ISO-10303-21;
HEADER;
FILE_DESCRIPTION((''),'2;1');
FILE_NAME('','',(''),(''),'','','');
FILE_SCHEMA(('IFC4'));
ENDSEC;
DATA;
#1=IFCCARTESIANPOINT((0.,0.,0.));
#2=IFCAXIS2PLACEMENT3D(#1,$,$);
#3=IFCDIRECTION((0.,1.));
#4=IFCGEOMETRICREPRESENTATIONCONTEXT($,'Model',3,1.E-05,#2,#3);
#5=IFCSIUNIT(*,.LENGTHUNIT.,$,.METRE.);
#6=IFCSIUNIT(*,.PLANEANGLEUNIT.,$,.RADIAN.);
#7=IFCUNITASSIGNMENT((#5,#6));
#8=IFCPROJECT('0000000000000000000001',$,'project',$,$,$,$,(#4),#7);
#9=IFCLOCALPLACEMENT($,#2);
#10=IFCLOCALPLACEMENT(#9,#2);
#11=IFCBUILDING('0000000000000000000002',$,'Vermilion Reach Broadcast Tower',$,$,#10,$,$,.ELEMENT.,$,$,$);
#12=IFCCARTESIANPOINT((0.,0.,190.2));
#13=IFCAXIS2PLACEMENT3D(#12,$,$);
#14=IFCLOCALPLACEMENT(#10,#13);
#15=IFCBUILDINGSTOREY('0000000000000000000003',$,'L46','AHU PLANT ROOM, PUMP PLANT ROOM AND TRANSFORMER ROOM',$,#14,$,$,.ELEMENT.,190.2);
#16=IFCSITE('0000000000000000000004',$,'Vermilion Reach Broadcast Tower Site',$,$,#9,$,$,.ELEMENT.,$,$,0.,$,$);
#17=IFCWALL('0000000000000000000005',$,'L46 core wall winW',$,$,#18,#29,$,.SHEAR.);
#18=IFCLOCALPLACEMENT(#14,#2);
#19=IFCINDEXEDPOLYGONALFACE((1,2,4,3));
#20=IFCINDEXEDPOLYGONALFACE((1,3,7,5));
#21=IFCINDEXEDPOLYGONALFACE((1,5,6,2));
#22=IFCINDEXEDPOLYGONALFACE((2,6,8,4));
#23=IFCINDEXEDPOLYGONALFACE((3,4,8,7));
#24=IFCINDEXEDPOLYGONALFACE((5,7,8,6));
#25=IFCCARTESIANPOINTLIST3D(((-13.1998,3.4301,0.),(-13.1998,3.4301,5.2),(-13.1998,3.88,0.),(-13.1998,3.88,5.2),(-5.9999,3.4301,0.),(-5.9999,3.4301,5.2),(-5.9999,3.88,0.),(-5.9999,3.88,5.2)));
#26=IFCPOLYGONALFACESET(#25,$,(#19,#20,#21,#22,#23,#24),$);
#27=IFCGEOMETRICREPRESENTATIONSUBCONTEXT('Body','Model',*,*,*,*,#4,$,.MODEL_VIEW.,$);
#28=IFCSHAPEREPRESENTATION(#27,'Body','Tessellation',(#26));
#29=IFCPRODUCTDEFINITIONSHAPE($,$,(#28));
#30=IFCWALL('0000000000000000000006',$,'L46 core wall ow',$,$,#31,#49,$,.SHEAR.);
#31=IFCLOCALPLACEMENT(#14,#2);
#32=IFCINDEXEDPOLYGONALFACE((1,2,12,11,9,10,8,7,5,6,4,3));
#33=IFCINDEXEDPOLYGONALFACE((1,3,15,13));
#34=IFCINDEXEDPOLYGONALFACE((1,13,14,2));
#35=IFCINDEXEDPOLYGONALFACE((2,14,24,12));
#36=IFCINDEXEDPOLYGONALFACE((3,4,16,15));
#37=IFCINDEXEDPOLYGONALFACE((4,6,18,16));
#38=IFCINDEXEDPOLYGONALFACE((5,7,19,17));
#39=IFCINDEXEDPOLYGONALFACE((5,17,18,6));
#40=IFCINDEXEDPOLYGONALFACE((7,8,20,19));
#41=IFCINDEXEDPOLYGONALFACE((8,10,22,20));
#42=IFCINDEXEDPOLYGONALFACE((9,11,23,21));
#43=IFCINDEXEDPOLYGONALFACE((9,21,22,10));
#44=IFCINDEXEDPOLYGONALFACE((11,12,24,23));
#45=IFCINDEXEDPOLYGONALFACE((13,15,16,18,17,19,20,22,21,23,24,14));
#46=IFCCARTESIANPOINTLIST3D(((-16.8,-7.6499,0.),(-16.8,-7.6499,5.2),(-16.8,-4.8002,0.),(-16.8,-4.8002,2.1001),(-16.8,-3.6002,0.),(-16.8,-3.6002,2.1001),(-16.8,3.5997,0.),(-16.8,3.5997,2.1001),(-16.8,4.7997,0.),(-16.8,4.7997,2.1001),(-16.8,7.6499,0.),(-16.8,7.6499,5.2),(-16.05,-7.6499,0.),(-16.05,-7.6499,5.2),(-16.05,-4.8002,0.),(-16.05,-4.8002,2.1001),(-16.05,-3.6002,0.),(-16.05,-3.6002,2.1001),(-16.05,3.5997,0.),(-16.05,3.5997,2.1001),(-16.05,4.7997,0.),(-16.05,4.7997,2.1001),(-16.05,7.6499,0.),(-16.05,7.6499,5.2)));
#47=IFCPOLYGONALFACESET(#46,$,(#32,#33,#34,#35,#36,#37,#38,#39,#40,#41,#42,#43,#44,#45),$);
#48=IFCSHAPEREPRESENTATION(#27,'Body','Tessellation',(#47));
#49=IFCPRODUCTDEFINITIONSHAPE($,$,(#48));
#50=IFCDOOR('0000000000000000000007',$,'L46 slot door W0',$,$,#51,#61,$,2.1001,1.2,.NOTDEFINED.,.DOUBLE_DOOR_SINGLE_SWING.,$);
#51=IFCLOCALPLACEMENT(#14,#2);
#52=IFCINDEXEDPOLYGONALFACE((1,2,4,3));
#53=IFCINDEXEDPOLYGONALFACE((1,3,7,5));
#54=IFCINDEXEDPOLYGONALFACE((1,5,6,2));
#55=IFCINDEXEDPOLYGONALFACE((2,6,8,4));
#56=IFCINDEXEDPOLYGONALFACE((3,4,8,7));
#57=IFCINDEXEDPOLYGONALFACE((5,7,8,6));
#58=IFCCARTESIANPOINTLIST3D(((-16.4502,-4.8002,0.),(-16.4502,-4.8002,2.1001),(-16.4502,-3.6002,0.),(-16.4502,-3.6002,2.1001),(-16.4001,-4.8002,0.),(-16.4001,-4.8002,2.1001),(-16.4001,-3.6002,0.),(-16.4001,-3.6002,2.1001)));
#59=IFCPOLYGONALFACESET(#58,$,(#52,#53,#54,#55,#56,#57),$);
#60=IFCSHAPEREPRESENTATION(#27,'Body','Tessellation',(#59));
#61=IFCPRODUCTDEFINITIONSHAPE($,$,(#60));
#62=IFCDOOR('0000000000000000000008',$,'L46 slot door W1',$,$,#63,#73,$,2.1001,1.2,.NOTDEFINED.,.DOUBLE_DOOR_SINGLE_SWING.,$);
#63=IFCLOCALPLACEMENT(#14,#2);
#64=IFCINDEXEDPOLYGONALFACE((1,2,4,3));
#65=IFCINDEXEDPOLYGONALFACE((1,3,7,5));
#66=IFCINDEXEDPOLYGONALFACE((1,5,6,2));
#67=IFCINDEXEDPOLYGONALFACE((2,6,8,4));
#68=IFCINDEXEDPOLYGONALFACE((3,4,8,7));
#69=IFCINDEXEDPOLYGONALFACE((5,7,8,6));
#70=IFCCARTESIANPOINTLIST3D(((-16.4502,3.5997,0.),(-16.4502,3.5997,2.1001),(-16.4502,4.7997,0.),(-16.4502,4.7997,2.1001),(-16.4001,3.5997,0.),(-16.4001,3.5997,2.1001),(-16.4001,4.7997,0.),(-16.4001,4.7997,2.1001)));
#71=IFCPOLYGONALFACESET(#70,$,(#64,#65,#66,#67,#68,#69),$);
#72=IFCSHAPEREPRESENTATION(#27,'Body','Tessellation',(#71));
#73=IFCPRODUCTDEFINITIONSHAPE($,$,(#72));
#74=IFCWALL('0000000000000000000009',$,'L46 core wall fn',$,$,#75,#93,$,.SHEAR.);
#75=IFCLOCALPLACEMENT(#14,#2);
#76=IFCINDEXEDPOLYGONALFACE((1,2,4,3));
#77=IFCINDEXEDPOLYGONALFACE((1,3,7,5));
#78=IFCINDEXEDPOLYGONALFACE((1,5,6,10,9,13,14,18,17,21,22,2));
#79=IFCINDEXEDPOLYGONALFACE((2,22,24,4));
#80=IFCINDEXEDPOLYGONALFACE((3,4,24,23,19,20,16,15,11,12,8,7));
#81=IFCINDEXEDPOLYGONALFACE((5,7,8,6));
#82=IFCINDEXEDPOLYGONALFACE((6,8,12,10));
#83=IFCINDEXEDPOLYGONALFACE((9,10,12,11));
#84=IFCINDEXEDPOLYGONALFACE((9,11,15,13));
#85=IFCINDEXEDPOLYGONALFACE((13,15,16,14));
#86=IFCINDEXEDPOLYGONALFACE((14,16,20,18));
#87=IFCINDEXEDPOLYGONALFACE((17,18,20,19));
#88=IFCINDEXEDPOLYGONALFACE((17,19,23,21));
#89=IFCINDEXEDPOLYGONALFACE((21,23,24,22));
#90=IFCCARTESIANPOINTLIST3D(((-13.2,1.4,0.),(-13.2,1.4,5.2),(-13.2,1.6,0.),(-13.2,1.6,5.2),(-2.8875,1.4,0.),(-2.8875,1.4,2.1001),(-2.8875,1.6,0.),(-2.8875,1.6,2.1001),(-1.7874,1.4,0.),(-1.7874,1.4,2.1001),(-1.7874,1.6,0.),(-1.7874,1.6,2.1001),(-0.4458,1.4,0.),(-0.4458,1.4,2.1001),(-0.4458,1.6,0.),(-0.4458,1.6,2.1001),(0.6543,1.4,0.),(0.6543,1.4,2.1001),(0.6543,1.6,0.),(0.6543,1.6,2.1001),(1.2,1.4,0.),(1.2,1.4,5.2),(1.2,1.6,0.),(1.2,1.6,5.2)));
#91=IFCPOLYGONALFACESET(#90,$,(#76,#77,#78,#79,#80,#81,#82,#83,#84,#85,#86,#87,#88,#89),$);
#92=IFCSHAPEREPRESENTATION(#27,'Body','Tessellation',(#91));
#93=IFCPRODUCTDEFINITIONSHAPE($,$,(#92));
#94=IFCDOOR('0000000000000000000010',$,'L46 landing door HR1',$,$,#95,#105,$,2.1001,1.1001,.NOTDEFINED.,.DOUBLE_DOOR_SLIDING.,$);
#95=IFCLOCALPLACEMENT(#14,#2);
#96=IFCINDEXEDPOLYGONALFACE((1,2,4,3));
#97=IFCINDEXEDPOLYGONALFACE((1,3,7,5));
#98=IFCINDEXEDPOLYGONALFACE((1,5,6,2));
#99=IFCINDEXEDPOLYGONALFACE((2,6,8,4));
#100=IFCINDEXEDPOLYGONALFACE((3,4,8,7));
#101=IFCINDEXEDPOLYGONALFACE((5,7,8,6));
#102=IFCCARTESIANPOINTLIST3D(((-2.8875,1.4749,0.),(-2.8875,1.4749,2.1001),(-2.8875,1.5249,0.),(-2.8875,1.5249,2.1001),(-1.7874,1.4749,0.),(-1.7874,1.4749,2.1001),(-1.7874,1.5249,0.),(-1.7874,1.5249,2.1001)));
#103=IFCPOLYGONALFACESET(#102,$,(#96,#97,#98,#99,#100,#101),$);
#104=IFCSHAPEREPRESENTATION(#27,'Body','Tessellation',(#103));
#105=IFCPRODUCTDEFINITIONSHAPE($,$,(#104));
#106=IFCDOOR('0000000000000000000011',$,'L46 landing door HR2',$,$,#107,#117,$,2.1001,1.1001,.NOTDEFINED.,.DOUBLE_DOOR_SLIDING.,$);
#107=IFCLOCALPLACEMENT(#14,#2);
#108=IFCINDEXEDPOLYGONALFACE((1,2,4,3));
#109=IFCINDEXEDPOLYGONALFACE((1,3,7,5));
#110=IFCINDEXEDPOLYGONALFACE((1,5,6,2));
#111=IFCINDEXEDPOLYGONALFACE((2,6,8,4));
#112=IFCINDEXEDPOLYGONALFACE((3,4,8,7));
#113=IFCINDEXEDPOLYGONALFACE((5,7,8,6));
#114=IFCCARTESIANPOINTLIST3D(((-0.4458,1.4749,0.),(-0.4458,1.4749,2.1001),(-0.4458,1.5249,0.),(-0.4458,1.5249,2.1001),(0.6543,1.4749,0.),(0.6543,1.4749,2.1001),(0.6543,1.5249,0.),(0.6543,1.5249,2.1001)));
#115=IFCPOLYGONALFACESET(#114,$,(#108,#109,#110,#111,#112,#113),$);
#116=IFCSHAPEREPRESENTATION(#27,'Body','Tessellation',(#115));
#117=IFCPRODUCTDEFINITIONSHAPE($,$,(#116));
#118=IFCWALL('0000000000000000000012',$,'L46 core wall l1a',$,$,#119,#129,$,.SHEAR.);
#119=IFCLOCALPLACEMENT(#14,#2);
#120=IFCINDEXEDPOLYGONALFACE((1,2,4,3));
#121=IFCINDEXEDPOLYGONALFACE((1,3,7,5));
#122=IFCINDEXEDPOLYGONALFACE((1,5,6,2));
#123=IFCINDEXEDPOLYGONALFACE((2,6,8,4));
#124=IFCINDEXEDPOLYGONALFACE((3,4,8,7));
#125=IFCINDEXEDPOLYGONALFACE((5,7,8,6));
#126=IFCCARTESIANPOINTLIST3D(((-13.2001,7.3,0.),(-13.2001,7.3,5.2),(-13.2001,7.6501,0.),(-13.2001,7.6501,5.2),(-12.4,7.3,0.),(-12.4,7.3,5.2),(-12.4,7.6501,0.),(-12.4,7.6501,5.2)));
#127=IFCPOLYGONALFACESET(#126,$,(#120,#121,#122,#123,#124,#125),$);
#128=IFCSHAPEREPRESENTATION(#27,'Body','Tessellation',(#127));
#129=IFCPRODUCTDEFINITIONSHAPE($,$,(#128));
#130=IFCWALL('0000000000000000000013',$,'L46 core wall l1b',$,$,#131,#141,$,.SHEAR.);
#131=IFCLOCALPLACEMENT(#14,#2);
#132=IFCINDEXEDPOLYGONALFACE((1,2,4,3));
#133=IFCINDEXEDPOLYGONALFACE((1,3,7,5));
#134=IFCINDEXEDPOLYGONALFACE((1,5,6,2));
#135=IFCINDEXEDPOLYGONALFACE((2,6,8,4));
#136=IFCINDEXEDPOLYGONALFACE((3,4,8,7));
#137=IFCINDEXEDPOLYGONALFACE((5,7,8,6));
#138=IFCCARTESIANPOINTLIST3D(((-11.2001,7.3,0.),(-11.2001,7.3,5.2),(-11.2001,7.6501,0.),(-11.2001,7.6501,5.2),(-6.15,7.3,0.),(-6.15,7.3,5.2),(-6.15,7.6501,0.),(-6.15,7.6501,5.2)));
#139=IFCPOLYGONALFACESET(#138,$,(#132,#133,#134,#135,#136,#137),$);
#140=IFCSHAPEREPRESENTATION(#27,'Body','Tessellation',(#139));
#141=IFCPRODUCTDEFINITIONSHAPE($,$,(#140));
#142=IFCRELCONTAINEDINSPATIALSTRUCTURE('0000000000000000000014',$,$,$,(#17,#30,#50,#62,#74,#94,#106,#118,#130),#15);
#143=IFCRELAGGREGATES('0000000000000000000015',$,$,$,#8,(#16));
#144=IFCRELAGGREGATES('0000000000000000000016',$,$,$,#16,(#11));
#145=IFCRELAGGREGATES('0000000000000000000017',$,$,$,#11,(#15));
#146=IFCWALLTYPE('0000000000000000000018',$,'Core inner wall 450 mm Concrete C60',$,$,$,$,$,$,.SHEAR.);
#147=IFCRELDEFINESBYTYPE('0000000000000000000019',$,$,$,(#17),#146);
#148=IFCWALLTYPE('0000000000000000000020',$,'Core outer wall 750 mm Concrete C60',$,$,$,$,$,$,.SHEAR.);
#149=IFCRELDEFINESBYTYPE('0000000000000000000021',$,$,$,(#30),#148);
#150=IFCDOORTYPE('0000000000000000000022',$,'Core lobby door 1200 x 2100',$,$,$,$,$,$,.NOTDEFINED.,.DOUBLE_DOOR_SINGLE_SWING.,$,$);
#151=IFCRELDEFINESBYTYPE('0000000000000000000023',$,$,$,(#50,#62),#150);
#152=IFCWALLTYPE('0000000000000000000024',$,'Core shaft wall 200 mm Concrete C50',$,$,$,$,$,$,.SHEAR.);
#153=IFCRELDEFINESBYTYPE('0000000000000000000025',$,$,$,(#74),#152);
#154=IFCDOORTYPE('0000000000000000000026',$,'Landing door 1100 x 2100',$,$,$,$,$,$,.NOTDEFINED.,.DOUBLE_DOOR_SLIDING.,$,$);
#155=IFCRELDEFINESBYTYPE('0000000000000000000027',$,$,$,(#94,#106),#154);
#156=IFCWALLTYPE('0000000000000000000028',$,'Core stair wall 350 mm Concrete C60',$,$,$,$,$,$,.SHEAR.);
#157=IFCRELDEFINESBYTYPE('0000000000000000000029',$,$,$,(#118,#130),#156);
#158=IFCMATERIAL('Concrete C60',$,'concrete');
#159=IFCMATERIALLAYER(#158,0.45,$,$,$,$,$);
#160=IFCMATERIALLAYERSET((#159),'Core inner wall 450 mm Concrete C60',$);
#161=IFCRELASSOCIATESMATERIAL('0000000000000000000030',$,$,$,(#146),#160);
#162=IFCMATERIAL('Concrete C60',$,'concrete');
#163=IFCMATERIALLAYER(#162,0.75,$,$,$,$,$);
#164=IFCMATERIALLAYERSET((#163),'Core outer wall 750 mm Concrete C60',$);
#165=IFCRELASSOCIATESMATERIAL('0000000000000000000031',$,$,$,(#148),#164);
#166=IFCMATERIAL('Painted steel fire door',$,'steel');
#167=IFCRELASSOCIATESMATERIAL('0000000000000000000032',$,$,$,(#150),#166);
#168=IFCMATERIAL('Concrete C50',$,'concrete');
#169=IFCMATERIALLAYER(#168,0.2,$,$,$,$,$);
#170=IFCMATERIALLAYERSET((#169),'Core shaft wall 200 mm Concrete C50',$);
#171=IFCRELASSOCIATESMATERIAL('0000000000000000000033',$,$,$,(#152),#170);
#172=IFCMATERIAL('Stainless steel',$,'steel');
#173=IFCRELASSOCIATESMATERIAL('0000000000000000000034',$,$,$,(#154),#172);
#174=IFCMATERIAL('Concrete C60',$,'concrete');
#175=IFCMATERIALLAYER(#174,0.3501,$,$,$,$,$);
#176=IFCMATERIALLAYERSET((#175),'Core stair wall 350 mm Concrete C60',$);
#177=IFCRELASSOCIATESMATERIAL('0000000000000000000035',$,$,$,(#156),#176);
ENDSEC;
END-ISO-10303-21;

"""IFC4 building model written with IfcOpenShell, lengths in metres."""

from ifc_helpers import new_model, si_unit, direction, frame, frame_2d, origin, place, context, subcontext, project, spatial, rectangle, extrude, material, layer, layer_set, type_object, element, fill, save


model = new_model("IFC4")

# Units and contexts
model_context = context("Model", 3, precision=1e-05, world=origin(), true_north=direction((0.0, 1.0)))
body_context = subcontext(model_context, "Body", "Model", "MODEL_VIEW")
ifc_project = project(units=[si_unit("LENGTHUNIT", "METRE"), si_unit("PLANEANGLEUNIT", "RADIAN")], contexts=[model_context])

# Site, building, storey
site_placement = place(None, origin())
site = spatial("IfcSite", under=ifc_project, at=site_placement, Name="Vermilion Reach Broadcast Tower Site", CompositionType="ELEMENT", RefElevation=0.0)
building_placement = place(site_placement, origin())
building = spatial("IfcBuilding", under=site, at=building_placement, Name="Vermilion Reach Broadcast Tower", CompositionType="ELEMENT")
storey_placement = place(building_placement, frame((0.0, 0.0, 190.2)))
storey = spatial("IfcBuildingStorey", under=building, at=storey_placement, Name="L46", Description="AHU PLANT ROOM, PUMP PLANT ROOM AND TRANSFORMER ROOM", CompositionType="ELEMENT", Elevation=190.2)

# Wall
ifc_material_1 = material(Name="Concrete C60", Category="concrete")
ifc_layer_1 = layer(ifc_material_1, 0.45)
ifc_layer_set_1 = layer_set([ifc_layer_1], Name="Core inner wall 450 mm Concrete C60")
wall_type_1 = type_object("IfcWallType", Name="Core inner wall 450 mm Concrete C60", PredefinedType="SHEAR", material=ifc_layer_set_1)
wall_1_placement = place(storey_placement, frame((-13.2, 3.655, 0.0), z_axis=(0.0, 0.0, 1.0), x_axis=(1.0, 0.0, 0.0)))
element("IfcWall", 1, at=wall_1_placement, inside=storey, type_object=wall_type_1, Name="L46 core wall winW", PredefinedType="SHEAR", context=body_context, shape_type="SweptSolid", body=[
    extrude(rectangle(XDim=7.2, YDim=0.45, at=frame_2d((3.6001, 0.0))), origin(), (0.0, 0.0, 1.0), 5.2),
])

# Walls, openings, doors
ifc_material_2 = material(Name="Concrete C60", Category="concrete")
ifc_layer_2 = layer(ifc_material_2, 0.75)
ifc_layer_set_2 = layer_set([ifc_layer_2], Name="Core outer wall 750 mm Concrete C60")
wall_type_2 = type_object("IfcWallType", Name="Core outer wall 750 mm Concrete C60", PredefinedType="SHEAR", material=ifc_layer_set_2)
wall_2_placement = place(storey_placement, frame((-16.425, 7.6499, 0.0), z_axis=(0.0, 0.0, 1.0), x_axis=(0.0, -1.0, 0.0)))
wall_2 = element("IfcWall", 2, at=wall_2_placement, inside=storey, type_object=wall_type_2, Name="L46 core wall ow", PredefinedType="SHEAR", context=body_context, shape_type="SweptSolid", body=[
    extrude(rectangle(XDim=15.2998, YDim=0.75, at=frame_2d((7.6499, 0.0))), origin(), (0.0, 0.0, 1.0), 5.2),
])
opening_1_placement = place(wall_2_placement, frame((11.25, 0.0, 0.0)))
opening_1 = element("IfcOpeningElement", 3, at=opening_1_placement, cuts=wall_2, PredefinedType="OPENING", context=body_context, shape_type="SweptSolid", body=[
    extrude(rectangle(XDim=1.2, YDim=2.1001, at=frame_2d((0.6001, 1.05))), frame((0.0, 0.385, 0.0), z_axis=(0.0, -1.0, 0.0), x_axis=(1.0, 0.0, 0.0)), (0.0, 0.0, 1.0), 0.77),
])
opening_2_placement = place(wall_2_placement, frame((2.8501, 0.0, 0.0)))
opening_2 = element("IfcOpeningElement", 4, at=opening_2_placement, cuts=wall_2, PredefinedType="OPENING", context=body_context, shape_type="SweptSolid", body=[
    extrude(rectangle(XDim=1.2, YDim=2.1001, at=frame_2d((0.6001, 1.05))), frame((0.0, 0.385, 0.0), z_axis=(0.0, -1.0, 0.0), x_axis=(1.0, 0.0, 0.0)), (0.0, 0.0, 1.0), 0.77),
])
ifc_material_3 = material(Name="Painted steel fire door", Category="steel")
door_type_1 = type_object("IfcDoorType", Name="Core lobby door 1200 x 2100", OperationType="DOUBLE_DOOR_SINGLE_SWING", PredefinedType="NOTDEFINED", material=ifc_material_3)
door_1_placement = place(opening_1_placement, origin())
door_1 = element("IfcDoor", 5, at=door_1_placement, inside=storey, type_object=door_type_1, Name="L46 slot door W0", OperationType="DOUBLE_DOOR_SINGLE_SWING", OverallHeight=2.1001, OverallWidth=1.2, PredefinedType="NOTDEFINED", context=body_context, shape_type="SweptSolid", body=[
    extrude(rectangle(XDim=1.2, YDim=2.1001, at=frame_2d((0.6001, 1.05))), frame((0.0, 0.0249, 0.0), z_axis=(0.0, -1.0, 0.0), x_axis=(1.0, 0.0, 0.0)), (0.0, 0.0, 1.0), 0.05),
])
fill(opening_1, door_1)
door_2_placement = place(opening_2_placement, origin())
door_2 = element("IfcDoor", 6, at=door_2_placement, inside=storey, type_object=door_type_1, Name="L46 slot door W1", OperationType="DOUBLE_DOOR_SINGLE_SWING", OverallHeight=2.1001, OverallWidth=1.2, PredefinedType="NOTDEFINED", context=body_context, shape_type="SweptSolid", body=[
    extrude(rectangle(XDim=1.2, YDim=2.1001, at=frame_2d((0.6001, 1.05))), frame((0.0, 0.0249, 0.0), z_axis=(0.0, -1.0, 0.0), x_axis=(1.0, 0.0, 0.0)), (0.0, 0.0, 1.0), 0.05),
])
fill(opening_2, door_2)
ifc_material_4 = material(Name="Concrete C50", Category="concrete")
ifc_layer_3 = layer(ifc_material_4, 0.2)
ifc_layer_set_3 = layer_set([ifc_layer_3], Name="Core shaft wall 200 mm Concrete C50")
wall_type_3 = type_object("IfcWallType", Name="Core shaft wall 200 mm Concrete C50", PredefinedType="SHEAR", material=ifc_layer_set_3)
wall_3_placement = place(storey_placement, frame((-13.2, 1.5, 0.0), z_axis=(0.0, 0.0, 1.0), x_axis=(1.0, 0.0, 0.0)))
wall_3 = element("IfcWall", 7, at=wall_3_placement, inside=storey, type_object=wall_type_3, Name="L46 core wall fn", PredefinedType="SHEAR", context=body_context, shape_type="SweptSolid", body=[
    extrude(rectangle(XDim=14.3999, YDim=0.2, at=frame_2d((7.2, 0.0))), origin(), (0.0, 0.0, 1.0), 5.2),
])
opening_3_placement = place(wall_3_placement, frame((10.3125, 0.0, 0.0)))
opening_3 = element("IfcOpeningElement", 8, at=opening_3_placement, cuts=wall_3, PredefinedType="OPENING", context=body_context, shape_type="SweptSolid", body=[
    extrude(rectangle(XDim=1.1001, YDim=2.1001, at=frame_2d((0.55, 1.05))), frame((0.0, 0.1099, 0.0), z_axis=(0.0, -1.0, 0.0), x_axis=(1.0, 0.0, 0.0)), (0.0, 0.0, 1.0), 0.22),
])
opening_4_placement = place(wall_3_placement, frame((12.7542, 0.0, 0.0)))
opening_4 = element("IfcOpeningElement", 9, at=opening_4_placement, cuts=wall_3, PredefinedType="OPENING", context=body_context, shape_type="SweptSolid", body=[
    extrude(rectangle(XDim=1.1001, YDim=2.1001, at=frame_2d((0.55, 1.05))), frame((0.0, 0.1099, 0.0), z_axis=(0.0, -1.0, 0.0), x_axis=(1.0, 0.0, 0.0)), (0.0, 0.0, 1.0), 0.22),
])
ifc_material_5 = material(Name="Stainless steel", Category="steel")
door_type_2 = type_object("IfcDoorType", Name="Landing door 1100 x 2100", OperationType="DOUBLE_DOOR_SLIDING", PredefinedType="NOTDEFINED", material=ifc_material_5)
door_3_placement = place(opening_3_placement, origin())
door_3 = element("IfcDoor", 10, at=door_3_placement, inside=storey, type_object=door_type_2, Name="L46 landing door HR1", OperationType="DOUBLE_DOOR_SLIDING", OverallHeight=2.1001, OverallWidth=1.1001, PredefinedType="NOTDEFINED", context=body_context, shape_type="SweptSolid", body=[
    extrude(rectangle(XDim=1.1001, YDim=2.1001, at=frame_2d((0.55, 1.05))), frame((0.0, 0.0249, 0.0), z_axis=(0.0, -1.0, 0.0), x_axis=(1.0, 0.0, 0.0)), (0.0, 0.0, 1.0), 0.05),
])
fill(opening_3, door_3)
door_4_placement = place(opening_4_placement, origin())
door_4 = element("IfcDoor", 11, at=door_4_placement, inside=storey, type_object=door_type_2, Name="L46 landing door HR2", OperationType="DOUBLE_DOOR_SLIDING", OverallHeight=2.1001, OverallWidth=1.1001, PredefinedType="NOTDEFINED", context=body_context, shape_type="SweptSolid", body=[
    extrude(rectangle(XDim=1.1001, YDim=2.1001, at=frame_2d((0.55, 1.05))), frame((0.0, 0.0249, 0.0), z_axis=(0.0, -1.0, 0.0), x_axis=(1.0, 0.0, 0.0)), (0.0, 0.0, 1.0), 0.05),
])
fill(opening_4, door_4)

# Walls
ifc_material_6 = material(Name="Concrete C60", Category="concrete")
ifc_layer_4 = layer(ifc_material_6, 0.3501)
ifc_layer_set_4 = layer_set([ifc_layer_4], Name="Core stair wall 350 mm Concrete C60")
wall_type_4 = type_object("IfcWallType", Name="Core stair wall 350 mm Concrete C60", PredefinedType="SHEAR", material=ifc_layer_set_4)
wall_4_placement = place(storey_placement, frame((-13.2, 7.4751, 0.0), z_axis=(0.0, 0.0, 1.0), x_axis=(1.0, 0.0, 0.0)))
element("IfcWall", 12, at=wall_4_placement, inside=storey, type_object=wall_type_4, Name="L46 core wall l1a", PredefinedType="SHEAR", context=body_context, shape_type="SweptSolid", body=[
    extrude(rectangle(XDim=0.8, YDim=0.3501, at=frame_2d((0.3999, 0.0))), origin(), (0.0, 0.0, 1.0), 5.2),
])
wall_5_placement = place(storey_placement, frame((-11.2, 7.4751, 0.0), z_axis=(0.0, 0.0, 1.0), x_axis=(1.0, 0.0, 0.0)))
element("IfcWall", 13, at=wall_5_placement, inside=storey, type_object=wall_type_4, Name="L46 core wall l1b", PredefinedType="SHEAR", context=body_context, shape_type="SweptSolid", body=[
    extrude(rectangle(XDim=5.05, YDim=0.3501, at=frame_2d((2.5249, 0.0))), origin(), (0.0, 0.0, 1.0), 5.2),
])

save(model, "model.ifc")
